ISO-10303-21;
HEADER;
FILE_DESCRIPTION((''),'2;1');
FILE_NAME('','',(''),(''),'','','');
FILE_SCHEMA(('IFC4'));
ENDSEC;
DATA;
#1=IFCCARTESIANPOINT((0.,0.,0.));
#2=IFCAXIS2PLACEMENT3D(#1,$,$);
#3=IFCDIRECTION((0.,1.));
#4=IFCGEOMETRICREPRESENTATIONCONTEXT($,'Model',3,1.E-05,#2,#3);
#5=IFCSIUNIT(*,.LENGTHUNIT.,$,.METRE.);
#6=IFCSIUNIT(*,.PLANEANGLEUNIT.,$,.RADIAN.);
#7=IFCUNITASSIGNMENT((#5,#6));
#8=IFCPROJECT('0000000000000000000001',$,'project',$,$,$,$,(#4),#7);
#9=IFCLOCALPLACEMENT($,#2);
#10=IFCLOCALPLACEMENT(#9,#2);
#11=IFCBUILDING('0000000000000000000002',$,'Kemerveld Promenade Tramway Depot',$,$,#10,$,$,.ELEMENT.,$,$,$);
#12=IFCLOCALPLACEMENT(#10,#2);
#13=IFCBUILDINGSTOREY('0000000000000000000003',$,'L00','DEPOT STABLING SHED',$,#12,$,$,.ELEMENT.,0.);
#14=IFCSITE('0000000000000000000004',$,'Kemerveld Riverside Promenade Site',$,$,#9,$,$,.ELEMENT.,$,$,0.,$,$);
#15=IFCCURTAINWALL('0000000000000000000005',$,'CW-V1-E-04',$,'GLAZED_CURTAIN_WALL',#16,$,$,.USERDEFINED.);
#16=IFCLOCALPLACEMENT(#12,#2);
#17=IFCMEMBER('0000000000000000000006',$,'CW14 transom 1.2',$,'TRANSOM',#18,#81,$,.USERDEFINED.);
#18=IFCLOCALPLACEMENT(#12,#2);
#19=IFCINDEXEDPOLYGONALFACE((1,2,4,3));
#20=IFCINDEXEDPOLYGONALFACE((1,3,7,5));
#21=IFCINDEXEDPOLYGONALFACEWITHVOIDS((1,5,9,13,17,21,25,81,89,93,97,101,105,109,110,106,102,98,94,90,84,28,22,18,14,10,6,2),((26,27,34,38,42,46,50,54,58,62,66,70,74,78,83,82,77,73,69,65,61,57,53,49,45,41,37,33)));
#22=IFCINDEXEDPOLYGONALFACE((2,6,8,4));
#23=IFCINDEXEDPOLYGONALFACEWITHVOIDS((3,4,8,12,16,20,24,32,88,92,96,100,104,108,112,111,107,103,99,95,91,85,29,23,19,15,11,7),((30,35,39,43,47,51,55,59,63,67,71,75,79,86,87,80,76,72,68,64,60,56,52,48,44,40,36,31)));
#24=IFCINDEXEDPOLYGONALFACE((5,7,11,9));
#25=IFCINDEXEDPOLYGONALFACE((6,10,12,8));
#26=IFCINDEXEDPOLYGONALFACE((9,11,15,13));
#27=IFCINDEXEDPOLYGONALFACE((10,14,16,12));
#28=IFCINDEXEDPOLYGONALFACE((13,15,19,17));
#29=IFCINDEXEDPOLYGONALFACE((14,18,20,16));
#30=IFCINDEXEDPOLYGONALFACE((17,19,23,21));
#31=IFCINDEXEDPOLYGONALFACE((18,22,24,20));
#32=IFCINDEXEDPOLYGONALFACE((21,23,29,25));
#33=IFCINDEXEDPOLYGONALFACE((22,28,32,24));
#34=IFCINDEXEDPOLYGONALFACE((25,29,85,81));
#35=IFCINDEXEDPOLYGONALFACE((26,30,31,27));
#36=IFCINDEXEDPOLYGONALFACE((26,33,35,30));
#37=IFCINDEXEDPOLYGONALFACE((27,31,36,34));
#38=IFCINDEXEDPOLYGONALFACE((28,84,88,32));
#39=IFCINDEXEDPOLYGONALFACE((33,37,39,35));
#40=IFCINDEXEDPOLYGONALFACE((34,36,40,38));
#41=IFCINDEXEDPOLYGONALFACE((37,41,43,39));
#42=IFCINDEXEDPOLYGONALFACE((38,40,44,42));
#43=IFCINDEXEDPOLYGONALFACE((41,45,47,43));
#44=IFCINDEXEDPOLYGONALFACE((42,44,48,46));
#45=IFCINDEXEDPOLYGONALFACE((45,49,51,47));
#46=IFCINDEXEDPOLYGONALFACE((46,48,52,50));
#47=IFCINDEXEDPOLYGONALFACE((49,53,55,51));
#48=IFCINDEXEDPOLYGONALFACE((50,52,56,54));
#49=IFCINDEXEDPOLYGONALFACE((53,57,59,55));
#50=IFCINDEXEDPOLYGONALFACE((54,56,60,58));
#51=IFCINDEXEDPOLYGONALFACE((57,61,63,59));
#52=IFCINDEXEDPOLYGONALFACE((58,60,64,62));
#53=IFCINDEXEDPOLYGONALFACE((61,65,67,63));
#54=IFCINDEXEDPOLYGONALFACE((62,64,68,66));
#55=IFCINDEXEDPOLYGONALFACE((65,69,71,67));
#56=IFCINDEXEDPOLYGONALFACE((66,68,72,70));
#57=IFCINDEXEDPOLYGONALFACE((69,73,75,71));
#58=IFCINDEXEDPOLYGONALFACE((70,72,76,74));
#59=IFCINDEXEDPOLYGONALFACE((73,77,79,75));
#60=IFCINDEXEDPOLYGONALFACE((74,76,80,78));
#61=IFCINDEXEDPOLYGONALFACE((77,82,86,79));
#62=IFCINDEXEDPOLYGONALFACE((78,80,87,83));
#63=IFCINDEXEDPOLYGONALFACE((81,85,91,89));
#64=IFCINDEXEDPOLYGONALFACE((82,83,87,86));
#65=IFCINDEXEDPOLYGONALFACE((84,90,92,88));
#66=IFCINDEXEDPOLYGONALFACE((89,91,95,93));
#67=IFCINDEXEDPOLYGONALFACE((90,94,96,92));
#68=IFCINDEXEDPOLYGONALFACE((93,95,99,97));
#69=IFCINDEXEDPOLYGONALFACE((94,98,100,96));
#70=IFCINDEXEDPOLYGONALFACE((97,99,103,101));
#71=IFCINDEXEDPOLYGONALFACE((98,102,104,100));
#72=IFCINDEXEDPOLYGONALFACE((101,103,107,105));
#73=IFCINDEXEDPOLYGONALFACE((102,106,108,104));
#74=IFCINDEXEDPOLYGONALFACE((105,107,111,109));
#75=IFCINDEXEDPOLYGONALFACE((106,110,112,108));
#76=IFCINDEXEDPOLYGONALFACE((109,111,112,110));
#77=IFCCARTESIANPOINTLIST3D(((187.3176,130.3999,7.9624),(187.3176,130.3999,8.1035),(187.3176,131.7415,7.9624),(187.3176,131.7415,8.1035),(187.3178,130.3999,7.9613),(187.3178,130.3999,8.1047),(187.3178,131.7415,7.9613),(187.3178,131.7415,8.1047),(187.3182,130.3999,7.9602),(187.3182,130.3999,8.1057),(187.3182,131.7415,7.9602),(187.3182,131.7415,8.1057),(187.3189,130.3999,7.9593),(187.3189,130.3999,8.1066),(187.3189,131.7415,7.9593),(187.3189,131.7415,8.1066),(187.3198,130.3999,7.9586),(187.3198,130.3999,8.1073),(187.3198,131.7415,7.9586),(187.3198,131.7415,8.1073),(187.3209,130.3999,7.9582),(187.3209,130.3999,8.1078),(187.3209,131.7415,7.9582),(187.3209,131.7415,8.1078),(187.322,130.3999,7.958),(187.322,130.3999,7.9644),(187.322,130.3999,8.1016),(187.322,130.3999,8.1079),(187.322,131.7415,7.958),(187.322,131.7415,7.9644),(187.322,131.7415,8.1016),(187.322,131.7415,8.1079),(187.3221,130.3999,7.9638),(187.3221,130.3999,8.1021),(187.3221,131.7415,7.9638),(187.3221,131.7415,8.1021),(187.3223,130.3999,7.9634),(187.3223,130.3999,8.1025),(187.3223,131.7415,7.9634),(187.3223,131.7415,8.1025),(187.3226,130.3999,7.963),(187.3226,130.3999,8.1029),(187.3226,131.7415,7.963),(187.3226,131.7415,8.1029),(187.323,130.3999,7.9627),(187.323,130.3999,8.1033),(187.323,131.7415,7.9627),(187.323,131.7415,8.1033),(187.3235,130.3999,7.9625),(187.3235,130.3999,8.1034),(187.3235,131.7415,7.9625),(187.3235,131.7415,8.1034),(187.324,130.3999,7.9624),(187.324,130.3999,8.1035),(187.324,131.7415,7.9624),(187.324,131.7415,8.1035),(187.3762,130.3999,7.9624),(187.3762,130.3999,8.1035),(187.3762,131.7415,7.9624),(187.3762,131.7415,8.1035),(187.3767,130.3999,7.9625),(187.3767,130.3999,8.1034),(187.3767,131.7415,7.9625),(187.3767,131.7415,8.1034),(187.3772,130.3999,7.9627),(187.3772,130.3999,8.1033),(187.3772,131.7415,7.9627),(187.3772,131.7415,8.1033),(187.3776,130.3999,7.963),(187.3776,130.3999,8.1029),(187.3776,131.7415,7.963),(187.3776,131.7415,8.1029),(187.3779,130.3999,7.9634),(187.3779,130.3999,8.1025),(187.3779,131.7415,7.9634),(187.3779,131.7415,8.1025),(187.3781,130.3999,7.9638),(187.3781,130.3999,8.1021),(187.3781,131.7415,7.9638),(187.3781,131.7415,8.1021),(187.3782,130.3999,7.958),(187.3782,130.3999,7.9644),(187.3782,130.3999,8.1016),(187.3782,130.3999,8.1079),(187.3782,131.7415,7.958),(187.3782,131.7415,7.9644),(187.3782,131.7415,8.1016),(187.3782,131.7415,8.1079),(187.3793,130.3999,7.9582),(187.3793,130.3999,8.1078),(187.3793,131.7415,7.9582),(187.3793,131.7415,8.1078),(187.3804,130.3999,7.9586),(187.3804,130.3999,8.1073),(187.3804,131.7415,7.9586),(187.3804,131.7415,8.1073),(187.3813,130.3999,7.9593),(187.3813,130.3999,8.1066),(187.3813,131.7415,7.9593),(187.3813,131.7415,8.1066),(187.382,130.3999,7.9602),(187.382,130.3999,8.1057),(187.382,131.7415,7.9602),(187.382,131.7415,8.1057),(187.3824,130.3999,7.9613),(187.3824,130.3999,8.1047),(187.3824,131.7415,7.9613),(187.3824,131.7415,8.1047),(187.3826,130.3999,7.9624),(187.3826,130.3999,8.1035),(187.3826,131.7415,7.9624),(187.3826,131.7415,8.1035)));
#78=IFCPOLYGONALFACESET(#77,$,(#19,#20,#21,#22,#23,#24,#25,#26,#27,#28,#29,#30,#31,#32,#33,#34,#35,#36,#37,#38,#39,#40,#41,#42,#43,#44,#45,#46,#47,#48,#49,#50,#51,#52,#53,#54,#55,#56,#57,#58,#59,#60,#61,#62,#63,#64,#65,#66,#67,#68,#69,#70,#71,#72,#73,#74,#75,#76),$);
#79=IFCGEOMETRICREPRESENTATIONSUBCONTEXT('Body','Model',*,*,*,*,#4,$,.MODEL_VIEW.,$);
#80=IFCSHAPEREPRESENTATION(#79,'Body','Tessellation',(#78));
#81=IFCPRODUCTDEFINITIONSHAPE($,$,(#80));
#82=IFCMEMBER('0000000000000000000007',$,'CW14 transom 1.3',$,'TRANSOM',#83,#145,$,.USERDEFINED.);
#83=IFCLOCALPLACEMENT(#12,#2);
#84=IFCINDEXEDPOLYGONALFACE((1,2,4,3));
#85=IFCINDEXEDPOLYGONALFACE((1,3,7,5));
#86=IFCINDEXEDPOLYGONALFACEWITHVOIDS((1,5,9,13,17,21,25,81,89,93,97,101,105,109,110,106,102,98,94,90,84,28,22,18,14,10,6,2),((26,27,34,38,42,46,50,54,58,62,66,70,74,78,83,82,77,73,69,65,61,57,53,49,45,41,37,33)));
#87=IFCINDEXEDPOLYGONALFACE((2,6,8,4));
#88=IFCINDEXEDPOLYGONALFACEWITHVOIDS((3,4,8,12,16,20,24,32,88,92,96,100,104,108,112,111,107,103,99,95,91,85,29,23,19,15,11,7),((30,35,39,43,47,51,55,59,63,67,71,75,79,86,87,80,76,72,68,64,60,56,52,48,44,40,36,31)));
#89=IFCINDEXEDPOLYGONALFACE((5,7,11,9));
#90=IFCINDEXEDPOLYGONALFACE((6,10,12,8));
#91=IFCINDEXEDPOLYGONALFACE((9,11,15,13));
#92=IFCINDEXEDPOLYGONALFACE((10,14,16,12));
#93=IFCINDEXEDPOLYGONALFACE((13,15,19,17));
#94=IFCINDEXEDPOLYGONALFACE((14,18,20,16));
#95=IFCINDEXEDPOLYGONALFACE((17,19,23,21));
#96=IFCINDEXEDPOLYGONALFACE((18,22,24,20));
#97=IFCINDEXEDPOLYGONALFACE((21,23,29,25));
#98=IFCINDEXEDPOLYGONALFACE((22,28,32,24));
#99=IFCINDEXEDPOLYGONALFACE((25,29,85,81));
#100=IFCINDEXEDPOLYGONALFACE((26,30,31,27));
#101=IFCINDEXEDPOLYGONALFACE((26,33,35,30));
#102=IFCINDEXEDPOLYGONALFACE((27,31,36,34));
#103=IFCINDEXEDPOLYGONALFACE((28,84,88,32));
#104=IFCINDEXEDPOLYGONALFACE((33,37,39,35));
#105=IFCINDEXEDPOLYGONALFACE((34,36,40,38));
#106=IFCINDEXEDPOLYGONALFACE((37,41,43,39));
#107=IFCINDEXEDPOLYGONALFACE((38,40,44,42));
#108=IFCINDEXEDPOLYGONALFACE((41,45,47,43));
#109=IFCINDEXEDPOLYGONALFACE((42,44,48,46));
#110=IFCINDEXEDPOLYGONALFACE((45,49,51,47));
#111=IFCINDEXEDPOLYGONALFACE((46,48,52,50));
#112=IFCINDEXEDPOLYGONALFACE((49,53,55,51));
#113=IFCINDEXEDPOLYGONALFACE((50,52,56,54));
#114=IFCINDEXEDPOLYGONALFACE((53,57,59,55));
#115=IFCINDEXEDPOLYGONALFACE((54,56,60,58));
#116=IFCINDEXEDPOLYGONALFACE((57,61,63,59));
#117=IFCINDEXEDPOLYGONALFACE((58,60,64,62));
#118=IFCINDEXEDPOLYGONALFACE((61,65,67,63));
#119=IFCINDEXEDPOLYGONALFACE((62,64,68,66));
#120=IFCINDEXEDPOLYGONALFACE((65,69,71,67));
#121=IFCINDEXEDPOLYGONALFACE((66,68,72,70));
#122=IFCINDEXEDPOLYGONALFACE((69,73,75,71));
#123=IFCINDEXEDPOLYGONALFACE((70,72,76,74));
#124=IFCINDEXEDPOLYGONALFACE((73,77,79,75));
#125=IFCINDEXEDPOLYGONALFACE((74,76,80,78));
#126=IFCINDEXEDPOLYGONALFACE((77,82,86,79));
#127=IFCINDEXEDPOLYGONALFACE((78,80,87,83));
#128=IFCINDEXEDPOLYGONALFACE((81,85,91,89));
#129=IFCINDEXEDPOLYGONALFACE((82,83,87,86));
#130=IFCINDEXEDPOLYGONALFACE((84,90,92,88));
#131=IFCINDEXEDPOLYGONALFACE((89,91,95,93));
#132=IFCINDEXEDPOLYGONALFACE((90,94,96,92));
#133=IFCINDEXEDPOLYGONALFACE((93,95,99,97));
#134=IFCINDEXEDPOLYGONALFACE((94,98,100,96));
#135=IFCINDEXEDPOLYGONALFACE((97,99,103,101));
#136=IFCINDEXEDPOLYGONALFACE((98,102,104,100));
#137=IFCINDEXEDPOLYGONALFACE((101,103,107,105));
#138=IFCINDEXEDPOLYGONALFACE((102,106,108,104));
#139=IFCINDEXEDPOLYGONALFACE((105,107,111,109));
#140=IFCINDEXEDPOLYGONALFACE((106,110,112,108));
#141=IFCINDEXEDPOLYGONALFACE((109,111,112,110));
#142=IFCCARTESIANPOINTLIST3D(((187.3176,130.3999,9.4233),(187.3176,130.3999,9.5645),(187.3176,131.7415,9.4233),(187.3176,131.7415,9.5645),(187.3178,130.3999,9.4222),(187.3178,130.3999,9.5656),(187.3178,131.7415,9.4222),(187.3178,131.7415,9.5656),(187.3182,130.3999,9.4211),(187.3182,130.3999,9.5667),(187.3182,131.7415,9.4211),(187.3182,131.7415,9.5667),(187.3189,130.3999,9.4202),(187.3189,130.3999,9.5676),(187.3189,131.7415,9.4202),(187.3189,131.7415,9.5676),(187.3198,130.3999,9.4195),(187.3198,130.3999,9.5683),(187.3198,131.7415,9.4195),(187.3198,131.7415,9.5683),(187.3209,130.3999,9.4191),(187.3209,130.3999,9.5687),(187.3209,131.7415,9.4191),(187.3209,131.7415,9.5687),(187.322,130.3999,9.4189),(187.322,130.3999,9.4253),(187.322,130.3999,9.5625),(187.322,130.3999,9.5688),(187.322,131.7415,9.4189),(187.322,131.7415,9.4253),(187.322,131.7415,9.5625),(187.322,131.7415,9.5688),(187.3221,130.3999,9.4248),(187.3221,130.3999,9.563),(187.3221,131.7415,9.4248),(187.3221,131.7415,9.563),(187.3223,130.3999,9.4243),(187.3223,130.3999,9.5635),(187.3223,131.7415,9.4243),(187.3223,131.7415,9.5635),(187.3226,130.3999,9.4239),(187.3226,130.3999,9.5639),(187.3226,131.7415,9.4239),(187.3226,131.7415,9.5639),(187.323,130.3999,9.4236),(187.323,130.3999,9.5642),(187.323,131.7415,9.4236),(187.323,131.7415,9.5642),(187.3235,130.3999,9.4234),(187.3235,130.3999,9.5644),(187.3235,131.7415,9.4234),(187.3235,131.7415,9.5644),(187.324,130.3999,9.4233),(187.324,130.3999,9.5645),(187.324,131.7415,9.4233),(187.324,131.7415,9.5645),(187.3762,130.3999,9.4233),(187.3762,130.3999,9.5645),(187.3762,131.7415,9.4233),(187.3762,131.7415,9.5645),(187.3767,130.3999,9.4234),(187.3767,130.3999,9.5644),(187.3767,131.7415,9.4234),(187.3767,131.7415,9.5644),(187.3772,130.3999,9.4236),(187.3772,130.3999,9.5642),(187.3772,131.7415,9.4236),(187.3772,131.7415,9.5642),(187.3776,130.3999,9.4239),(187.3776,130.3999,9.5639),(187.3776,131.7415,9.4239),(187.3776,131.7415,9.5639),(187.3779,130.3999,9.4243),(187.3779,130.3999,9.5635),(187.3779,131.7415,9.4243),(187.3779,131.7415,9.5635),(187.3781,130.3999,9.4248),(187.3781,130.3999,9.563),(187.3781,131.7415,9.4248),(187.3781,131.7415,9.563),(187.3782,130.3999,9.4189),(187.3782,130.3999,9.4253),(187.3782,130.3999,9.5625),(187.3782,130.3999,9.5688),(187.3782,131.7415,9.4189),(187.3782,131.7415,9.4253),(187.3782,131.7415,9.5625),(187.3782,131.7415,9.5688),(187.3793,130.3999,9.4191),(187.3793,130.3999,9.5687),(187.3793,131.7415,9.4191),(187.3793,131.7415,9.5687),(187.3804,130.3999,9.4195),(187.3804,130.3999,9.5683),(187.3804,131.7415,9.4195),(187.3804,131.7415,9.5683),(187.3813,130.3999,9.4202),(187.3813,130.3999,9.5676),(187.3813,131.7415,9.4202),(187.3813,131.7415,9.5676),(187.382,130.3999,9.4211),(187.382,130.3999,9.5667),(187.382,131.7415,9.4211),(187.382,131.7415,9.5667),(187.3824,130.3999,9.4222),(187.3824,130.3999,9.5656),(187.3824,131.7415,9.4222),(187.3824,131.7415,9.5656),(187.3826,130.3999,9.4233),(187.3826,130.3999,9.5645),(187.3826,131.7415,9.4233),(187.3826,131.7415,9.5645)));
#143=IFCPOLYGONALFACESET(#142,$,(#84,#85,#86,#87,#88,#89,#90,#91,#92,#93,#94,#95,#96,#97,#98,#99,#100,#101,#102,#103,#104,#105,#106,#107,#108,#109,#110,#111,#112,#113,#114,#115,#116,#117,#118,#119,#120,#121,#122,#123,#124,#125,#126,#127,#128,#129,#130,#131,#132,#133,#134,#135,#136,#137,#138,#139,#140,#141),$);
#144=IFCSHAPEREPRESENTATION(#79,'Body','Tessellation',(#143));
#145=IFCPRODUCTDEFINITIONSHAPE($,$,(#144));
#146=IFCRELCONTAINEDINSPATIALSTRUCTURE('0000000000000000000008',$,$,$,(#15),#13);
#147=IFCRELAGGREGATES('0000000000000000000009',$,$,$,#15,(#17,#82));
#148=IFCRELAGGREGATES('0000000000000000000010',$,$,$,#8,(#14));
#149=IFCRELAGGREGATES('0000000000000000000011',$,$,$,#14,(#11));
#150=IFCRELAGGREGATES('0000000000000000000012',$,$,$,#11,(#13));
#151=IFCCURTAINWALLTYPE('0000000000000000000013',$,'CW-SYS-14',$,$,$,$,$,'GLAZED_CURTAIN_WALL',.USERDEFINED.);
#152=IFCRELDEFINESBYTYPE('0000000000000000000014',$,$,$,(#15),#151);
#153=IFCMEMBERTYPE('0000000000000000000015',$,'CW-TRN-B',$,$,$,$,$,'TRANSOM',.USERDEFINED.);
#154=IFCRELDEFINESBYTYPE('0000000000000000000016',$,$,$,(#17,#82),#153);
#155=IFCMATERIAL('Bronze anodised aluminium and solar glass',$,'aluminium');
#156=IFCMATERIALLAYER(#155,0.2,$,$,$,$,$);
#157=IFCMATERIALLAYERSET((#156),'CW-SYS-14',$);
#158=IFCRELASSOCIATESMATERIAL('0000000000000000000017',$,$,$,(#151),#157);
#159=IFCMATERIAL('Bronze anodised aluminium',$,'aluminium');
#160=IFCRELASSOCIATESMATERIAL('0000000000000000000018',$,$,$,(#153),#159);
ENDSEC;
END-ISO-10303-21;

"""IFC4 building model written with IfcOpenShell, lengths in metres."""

from ifc_helpers import new_model, si_unit, direction, frame, origin, origin_2d, place, context, subcontext, project, spatial, hollow_rectangle, extrude, material, layer, layer_set, material_profile, profile_set, type_object, element, aggregate, save


model = new_model("IFC4")

# Units and contexts
model_context = context("Model", 3, precision=1e-05, world=origin(), true_north=direction((0.0, 1.0)))
body_context = subcontext(model_context, "Body", "Model", "MODEL_VIEW")
ifc_project = project(units=[si_unit("LENGTHUNIT", "METRE"), si_unit("PLANEANGLEUNIT", "RADIAN")], contexts=[model_context])

# Site, building, storey
site_placement = place(None, origin())
site = spatial("IfcSite", under=ifc_project, at=site_placement, Name="Kemerveld Riverside Promenade Site", CompositionType="ELEMENT", RefElevation=0.0)
building_placement = place(site_placement, origin())
building = spatial("IfcBuilding", under=site, at=building_placement, Name="Kemerveld Promenade Tramway Depot", CompositionType="ELEMENT")
storey_placement = place(building_placement, origin())
storey = spatial("IfcBuildingStorey", under=building, at=storey_placement, Name="L00", Description="DEPOT STABLING SHED", CompositionType="ELEMENT", Elevation=0.0)

# Curtain wall, members
ifc_material_1 = material(Name="Bronze anodised aluminium and solar glass", Category="aluminium")
ifc_layer_1 = layer(ifc_material_1, 0.2)
ifc_layer_set_1 = layer_set([ifc_layer_1], Name="CW-SYS-14")
curtain_wall_type = type_object("IfcCurtainWallType", Name="CW-SYS-14", ElementType="GLAZED_CURTAIN_WALL", PredefinedType="USERDEFINED", material=ifc_layer_set_1)
curtain_wall_placement = place(storey_placement, origin())
curtain_wall = element("IfcCurtainWall", 1, at=curtain_wall_placement, inside=storey, type_object=curtain_wall_type, Name="CW-V1-E-04", ObjectType="GLAZED_CURTAIN_WALL", PredefinedType="USERDEFINED")
ifc_material_2 = material(Name="Bronze anodised aluminium", Category="aluminium")
ifc_material_profile_1 = material_profile(ifc_material_2, hollow_rectangle(XDim=0.0649, YDim=0.1499, WallThickness=0.0044, InnerFilletRadius=0.002, OuterFilletRadius=0.0044, at=origin_2d()), Name="CW-TRN-150x65")
ifc_profile_set_1 = profile_set([ifc_material_profile_1], Name="Bronze anodised aluminium")
member_type_1 = type_object("IfcMemberType", Name="CW-TRN-B", ElementType="TRANSOM", PredefinedType="USERDEFINED", material=ifc_profile_set_1)
member_1_placement = place(storey_placement, frame((187.3501, 131.7415, 8.033), z_axis=(0.0, -1.0, 0.0), x_axis=(1.0, 0.0, 0.0)))
member_1 = element("IfcMember", 2, at=member_1_placement, type_object=member_type_1, Name="CW14 transom 1.2", ObjectType="TRANSOM", PredefinedType="USERDEFINED", context=body_context, shape_type="SweptSolid", body=[
    extrude(hollow_rectangle(XDim=0.0649, YDim=0.1499, WallThickness=0.0044, InnerFilletRadius=0.002, OuterFilletRadius=0.0044, at=origin_2d()), origin(), (0.0, 0.0, 1.0), 1.3416),
])
member_2_placement = place(storey_placement, frame((187.3501, 131.7415, 9.4939), z_axis=(0.0, -1.0, 0.0), x_axis=(1.0, 0.0, 0.0)))
member_2 = element("IfcMember", 3, at=member_2_placement, type_object=member_type_1, Name="CW14 transom 1.3", ObjectType="TRANSOM", PredefinedType="USERDEFINED", context=body_context, shape_type="SweptSolid", body=[
    extrude(hollow_rectangle(XDim=0.0649, YDim=0.1499, WallThickness=0.0044, InnerFilletRadius=0.002, OuterFilletRadius=0.0044, at=origin_2d()), origin(), (0.0, 0.0, 1.0), 1.3416),
])

aggregate(curtain_wall, [member_1, member_2])

save(model, "model.ifc")
